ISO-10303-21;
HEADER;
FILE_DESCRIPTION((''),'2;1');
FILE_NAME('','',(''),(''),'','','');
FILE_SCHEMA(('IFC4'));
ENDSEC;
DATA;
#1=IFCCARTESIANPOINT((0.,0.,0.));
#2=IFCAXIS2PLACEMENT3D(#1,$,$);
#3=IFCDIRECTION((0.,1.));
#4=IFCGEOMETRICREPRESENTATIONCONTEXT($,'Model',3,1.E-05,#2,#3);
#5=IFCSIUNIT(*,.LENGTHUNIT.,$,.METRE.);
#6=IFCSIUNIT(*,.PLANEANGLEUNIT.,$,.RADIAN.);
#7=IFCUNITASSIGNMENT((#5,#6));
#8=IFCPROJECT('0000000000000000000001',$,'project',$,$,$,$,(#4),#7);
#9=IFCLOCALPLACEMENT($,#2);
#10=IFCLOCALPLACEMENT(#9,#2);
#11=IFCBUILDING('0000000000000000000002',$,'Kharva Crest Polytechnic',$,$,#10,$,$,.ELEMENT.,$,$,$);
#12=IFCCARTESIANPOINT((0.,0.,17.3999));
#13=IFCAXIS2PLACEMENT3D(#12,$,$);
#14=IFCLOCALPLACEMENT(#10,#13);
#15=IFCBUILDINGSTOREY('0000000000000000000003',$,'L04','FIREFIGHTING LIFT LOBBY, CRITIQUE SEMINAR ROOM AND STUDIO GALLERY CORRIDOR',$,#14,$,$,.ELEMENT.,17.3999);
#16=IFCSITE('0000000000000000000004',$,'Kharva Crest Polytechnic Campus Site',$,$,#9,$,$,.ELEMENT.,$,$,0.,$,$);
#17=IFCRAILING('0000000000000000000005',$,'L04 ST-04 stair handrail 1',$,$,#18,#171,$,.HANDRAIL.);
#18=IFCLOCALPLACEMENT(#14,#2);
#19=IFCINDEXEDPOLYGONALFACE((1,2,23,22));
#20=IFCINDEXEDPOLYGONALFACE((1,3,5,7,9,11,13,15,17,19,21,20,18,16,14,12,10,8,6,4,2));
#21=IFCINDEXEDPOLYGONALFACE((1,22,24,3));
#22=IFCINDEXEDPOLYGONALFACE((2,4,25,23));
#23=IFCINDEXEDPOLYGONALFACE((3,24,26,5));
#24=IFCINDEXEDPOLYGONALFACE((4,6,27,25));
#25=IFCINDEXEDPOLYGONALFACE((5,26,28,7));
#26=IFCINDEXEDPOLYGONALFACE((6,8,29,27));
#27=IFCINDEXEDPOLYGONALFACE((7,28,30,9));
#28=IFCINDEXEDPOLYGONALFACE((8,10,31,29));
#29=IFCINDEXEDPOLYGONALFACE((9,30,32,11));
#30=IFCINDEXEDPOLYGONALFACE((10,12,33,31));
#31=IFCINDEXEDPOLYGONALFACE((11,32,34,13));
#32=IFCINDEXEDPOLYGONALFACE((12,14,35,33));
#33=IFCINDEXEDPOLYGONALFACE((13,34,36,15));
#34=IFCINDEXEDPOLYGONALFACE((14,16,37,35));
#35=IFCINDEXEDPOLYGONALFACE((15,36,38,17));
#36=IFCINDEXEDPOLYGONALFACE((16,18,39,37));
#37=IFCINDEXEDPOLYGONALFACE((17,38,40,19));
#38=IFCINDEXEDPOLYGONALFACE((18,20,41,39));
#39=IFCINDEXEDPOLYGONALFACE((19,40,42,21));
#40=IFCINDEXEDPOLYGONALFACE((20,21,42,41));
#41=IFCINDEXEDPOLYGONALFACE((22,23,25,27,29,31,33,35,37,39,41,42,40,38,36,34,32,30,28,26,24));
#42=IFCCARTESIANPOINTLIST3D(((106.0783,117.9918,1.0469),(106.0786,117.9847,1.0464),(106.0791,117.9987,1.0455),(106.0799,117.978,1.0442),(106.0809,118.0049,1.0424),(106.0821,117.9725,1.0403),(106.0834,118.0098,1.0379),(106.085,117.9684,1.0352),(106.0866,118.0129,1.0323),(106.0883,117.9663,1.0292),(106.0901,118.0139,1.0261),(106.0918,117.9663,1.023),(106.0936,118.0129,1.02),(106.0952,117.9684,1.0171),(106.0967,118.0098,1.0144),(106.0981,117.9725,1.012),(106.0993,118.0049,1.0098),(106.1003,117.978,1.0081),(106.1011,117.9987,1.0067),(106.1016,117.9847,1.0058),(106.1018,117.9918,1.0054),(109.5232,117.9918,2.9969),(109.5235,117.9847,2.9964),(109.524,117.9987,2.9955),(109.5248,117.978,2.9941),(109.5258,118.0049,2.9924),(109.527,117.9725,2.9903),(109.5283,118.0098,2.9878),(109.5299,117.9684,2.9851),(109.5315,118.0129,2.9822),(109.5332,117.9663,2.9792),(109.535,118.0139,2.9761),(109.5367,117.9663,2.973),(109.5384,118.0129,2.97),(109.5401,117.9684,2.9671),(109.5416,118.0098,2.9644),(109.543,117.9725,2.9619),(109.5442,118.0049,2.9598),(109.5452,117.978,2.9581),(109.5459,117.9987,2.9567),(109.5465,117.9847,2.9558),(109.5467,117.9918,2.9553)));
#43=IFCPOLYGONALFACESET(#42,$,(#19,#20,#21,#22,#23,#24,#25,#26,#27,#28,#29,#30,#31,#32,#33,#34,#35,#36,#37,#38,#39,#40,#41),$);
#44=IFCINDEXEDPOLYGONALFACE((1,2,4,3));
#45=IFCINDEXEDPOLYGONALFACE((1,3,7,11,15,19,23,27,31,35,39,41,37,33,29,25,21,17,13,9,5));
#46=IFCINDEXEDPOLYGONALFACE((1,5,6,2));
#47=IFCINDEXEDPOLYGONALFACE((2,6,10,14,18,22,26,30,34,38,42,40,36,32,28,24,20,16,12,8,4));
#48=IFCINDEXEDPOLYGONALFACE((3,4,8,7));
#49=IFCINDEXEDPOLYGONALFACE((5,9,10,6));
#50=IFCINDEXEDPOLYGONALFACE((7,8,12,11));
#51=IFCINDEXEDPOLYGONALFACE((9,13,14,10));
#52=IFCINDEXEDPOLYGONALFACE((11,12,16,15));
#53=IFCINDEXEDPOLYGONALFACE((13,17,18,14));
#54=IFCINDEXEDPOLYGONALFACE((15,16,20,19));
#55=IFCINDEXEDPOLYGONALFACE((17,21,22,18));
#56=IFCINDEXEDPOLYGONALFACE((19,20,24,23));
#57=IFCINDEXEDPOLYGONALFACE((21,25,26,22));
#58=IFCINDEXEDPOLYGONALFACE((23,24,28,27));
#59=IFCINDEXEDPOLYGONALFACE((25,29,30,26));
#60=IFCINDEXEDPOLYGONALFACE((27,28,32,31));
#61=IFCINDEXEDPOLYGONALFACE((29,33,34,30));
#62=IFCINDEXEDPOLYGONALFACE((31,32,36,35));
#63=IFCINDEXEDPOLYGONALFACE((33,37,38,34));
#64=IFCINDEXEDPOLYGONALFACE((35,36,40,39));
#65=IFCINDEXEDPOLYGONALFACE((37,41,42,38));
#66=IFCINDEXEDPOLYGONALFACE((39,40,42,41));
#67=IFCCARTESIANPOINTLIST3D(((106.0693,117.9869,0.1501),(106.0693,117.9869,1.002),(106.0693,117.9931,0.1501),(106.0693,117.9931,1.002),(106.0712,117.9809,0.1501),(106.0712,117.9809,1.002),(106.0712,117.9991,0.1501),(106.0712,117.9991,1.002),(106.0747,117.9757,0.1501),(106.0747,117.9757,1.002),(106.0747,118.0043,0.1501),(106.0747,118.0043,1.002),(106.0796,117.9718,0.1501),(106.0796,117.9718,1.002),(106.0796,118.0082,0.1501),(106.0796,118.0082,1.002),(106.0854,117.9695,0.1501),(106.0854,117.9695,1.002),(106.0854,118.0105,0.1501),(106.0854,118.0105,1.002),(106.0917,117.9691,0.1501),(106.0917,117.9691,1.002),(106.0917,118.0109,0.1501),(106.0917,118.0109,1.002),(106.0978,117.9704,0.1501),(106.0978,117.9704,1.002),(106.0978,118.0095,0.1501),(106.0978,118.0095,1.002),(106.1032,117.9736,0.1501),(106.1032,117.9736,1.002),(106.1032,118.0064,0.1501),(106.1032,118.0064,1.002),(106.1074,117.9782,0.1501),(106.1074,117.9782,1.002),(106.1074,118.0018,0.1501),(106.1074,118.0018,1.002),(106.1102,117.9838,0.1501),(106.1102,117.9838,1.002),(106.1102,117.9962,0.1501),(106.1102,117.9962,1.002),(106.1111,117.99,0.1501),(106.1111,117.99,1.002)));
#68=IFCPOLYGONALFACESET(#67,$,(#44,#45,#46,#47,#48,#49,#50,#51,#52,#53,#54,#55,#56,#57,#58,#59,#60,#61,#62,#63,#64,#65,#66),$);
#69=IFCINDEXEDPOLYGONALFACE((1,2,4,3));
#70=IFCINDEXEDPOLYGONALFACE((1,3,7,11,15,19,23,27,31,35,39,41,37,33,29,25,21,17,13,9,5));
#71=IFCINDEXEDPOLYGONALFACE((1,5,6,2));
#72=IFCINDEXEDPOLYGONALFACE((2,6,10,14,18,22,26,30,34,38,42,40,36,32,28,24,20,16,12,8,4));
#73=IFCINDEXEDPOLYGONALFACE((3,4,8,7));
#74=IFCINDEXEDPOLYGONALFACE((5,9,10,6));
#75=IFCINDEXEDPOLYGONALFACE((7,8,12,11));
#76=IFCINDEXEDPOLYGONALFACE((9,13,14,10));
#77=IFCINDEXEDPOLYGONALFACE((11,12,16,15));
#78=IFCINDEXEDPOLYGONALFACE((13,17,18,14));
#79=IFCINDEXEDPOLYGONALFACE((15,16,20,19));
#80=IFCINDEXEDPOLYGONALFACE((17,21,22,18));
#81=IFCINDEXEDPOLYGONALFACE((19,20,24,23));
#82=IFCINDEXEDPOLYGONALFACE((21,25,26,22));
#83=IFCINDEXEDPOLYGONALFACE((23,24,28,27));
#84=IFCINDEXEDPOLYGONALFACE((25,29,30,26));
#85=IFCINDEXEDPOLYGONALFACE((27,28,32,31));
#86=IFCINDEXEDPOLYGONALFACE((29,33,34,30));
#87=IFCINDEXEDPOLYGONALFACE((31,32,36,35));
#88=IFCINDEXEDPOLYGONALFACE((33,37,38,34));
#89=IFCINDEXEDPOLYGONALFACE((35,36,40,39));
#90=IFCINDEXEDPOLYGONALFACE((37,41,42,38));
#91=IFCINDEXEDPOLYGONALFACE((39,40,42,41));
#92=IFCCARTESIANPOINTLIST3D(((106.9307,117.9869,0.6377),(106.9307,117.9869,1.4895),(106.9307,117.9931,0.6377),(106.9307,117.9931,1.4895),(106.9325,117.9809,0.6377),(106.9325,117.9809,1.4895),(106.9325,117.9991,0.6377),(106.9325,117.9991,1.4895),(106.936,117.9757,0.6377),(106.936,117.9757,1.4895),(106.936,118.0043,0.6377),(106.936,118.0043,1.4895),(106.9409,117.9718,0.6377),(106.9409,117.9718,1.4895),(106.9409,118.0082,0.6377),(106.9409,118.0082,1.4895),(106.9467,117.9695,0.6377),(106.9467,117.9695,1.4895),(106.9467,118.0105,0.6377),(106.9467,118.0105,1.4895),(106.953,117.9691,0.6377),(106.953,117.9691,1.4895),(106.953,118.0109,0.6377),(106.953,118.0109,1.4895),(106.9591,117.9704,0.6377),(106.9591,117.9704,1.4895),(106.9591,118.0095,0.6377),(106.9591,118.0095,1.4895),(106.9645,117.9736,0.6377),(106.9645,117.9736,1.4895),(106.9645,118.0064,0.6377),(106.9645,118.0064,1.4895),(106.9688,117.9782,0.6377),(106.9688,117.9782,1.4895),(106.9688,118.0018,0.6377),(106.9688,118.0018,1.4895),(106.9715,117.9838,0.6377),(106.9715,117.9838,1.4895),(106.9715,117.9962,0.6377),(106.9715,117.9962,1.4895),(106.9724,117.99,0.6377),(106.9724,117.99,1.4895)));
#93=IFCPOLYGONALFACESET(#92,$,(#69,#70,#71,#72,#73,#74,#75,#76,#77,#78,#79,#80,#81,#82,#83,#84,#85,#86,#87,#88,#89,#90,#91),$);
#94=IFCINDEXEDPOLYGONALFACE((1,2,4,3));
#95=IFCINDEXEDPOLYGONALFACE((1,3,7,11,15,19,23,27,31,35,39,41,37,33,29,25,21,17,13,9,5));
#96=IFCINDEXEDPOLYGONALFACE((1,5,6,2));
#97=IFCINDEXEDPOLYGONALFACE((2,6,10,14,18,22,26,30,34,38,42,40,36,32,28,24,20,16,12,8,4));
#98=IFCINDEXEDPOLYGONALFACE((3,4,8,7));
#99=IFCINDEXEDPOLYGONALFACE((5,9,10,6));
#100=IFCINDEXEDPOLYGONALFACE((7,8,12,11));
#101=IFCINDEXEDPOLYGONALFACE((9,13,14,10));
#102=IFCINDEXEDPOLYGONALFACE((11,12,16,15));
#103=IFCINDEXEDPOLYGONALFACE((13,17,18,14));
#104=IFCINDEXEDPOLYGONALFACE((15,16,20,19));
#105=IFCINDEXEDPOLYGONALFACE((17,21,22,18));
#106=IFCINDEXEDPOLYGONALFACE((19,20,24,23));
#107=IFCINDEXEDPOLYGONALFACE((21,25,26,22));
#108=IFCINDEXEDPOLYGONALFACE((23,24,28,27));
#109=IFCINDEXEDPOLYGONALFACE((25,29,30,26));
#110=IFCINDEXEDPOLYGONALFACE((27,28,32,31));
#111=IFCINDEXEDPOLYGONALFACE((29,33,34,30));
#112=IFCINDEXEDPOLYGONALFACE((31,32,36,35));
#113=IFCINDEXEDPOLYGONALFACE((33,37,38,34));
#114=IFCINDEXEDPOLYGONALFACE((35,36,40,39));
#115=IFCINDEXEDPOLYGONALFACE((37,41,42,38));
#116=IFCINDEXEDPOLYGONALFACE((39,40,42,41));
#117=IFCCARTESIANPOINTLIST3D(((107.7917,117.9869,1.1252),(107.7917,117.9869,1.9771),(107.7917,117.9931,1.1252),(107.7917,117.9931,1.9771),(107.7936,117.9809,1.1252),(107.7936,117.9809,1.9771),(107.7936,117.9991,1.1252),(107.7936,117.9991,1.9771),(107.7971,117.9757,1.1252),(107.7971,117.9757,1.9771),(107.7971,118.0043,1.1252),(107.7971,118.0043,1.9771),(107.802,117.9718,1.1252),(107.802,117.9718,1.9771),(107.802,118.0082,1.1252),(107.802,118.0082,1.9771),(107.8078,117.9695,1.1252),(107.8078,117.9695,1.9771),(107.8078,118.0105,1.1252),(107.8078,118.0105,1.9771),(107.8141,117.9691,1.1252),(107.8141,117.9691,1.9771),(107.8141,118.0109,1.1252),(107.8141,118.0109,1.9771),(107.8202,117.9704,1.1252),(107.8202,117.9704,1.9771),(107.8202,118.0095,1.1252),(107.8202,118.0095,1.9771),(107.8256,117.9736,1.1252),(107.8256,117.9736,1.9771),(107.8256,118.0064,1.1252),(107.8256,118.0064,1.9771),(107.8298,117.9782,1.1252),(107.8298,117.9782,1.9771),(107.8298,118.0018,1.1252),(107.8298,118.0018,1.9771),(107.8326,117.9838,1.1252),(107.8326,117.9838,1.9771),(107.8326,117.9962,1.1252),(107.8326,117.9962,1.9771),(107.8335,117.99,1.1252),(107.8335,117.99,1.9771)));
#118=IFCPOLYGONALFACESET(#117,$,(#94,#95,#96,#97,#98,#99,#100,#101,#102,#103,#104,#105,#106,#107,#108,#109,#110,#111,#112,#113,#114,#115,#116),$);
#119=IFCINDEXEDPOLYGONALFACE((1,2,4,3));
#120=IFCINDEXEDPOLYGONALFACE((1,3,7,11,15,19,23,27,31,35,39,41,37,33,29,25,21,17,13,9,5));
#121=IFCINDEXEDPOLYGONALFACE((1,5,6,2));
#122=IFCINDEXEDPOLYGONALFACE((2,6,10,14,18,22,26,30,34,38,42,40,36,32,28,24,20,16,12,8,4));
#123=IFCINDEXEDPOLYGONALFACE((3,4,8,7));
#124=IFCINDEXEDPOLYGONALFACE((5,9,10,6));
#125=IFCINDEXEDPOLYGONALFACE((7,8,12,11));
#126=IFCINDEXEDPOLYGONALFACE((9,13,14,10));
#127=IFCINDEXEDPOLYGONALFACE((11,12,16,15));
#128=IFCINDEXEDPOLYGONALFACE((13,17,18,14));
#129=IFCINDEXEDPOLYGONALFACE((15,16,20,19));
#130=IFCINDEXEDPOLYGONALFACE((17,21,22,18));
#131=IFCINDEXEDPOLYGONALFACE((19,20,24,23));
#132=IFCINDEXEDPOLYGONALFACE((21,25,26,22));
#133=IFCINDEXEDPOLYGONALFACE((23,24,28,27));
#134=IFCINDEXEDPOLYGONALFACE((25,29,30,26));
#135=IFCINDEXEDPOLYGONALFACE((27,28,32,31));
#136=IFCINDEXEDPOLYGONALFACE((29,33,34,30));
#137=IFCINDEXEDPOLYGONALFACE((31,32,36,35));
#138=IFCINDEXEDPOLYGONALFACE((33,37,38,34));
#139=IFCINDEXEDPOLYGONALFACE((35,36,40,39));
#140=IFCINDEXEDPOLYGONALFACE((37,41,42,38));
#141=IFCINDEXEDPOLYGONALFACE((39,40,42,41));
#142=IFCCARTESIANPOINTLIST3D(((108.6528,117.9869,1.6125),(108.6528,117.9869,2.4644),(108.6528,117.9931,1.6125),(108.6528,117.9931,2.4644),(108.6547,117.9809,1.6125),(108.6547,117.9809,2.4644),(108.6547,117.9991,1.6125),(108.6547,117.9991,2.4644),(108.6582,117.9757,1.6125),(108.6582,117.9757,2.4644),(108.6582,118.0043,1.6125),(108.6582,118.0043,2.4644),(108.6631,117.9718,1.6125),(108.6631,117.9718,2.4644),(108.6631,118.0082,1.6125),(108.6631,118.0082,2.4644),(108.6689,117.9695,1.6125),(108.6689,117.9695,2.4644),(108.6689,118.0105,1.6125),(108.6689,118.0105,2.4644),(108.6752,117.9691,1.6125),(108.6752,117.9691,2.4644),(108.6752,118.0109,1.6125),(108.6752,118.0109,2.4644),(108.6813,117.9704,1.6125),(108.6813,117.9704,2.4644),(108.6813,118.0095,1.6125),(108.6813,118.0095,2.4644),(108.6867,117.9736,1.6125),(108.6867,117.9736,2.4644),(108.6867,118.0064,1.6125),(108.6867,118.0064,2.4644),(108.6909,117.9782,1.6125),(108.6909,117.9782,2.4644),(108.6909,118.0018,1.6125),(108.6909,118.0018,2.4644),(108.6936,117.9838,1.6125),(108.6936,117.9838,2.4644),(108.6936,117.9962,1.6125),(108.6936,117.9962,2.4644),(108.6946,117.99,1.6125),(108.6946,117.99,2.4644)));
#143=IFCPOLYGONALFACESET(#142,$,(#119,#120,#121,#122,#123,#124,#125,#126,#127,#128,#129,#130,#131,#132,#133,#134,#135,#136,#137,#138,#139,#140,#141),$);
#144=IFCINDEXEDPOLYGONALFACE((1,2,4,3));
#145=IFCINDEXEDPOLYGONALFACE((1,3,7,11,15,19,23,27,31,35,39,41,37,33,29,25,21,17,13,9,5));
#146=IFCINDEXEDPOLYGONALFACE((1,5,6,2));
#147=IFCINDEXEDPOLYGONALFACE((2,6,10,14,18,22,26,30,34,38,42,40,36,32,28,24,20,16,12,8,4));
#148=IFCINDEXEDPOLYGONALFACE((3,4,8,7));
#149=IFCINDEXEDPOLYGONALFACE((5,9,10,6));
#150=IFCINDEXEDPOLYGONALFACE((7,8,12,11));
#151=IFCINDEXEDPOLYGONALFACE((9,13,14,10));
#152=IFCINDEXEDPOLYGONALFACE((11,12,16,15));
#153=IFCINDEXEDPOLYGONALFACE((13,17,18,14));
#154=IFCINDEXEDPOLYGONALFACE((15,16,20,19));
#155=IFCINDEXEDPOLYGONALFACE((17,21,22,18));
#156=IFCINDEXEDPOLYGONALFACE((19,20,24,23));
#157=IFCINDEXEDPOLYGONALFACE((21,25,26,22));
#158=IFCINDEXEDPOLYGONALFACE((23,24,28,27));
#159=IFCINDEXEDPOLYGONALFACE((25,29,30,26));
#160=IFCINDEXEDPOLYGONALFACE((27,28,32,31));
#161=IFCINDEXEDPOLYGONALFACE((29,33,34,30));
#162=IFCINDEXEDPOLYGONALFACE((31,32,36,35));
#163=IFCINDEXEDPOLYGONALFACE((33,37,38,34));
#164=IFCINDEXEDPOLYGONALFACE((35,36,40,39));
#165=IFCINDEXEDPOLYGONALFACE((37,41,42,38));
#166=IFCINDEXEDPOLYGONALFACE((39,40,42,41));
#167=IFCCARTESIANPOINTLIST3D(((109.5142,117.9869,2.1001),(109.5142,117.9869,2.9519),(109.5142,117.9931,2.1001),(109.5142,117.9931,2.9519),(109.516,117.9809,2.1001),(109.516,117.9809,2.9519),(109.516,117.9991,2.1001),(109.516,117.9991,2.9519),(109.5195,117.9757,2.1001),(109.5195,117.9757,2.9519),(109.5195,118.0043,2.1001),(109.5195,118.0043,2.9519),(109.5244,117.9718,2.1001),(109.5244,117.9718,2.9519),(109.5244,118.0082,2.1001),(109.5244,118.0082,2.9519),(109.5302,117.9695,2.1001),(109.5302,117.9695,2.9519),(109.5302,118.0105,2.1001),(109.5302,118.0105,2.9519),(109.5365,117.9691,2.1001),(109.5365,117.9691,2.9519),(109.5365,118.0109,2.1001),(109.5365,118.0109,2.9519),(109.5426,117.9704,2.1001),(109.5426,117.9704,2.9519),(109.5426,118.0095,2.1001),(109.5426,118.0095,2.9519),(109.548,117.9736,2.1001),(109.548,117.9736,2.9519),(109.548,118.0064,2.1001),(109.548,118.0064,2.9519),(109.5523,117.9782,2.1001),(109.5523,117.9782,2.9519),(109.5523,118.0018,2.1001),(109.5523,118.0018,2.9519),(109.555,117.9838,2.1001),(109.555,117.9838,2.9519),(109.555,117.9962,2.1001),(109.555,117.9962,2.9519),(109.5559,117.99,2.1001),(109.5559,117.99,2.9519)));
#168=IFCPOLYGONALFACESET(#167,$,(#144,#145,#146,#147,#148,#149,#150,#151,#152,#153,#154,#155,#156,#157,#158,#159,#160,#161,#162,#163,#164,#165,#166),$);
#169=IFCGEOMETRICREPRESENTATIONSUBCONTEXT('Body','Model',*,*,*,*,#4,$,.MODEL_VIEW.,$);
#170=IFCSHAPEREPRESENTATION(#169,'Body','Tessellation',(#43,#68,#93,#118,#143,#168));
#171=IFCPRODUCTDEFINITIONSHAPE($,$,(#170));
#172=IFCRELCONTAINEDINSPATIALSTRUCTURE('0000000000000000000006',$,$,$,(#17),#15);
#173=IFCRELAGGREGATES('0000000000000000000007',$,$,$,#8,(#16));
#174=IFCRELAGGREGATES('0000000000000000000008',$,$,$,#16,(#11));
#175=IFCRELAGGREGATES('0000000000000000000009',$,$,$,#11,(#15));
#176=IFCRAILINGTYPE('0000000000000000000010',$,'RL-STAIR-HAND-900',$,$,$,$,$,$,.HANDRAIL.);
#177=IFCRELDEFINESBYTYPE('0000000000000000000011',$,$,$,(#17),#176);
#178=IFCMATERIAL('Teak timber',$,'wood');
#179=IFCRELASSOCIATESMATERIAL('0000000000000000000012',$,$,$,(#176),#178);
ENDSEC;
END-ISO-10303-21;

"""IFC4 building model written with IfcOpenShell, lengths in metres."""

from ifc_helpers import new_model, si_unit, direction, frame, origin, origin_2d, place, context, subcontext, project, spatial, circle, extrude, material, type_object, element, save


model = new_model("IFC4")

# Units and contexts
model_context = context("Model", 3, precision=1e-05, world=origin(), true_north=direction((0.0, 1.0)))
body_context = subcontext(model_context, "Body", "Model", "MODEL_VIEW")
ifc_project = project(units=[si_unit("LENGTHUNIT", "METRE"), si_unit("PLANEANGLEUNIT", "RADIAN")], contexts=[model_context])

# Site, building, storey
site_placement = place(None, origin())
site = spatial("IfcSite", under=ifc_project, at=site_placement, Name="Kharva Crest Polytechnic Campus Site", CompositionType="ELEMENT", RefElevation=0.0)
building_placement = place(site_placement, origin())
building = spatial("IfcBuilding", under=site, at=building_placement, Name="Kharva Crest Polytechnic", CompositionType="ELEMENT")
storey_placement = place(building_placement, frame((0.0, 0.0, 17.3999)))
storey = spatial("IfcBuildingStorey", under=building, at=storey_placement, Name="L04", Description="FIREFIGHTING LIFT LOBBY, CRITIQUE SEMINAR ROOM AND STUDIO GALLERY CORRIDOR", CompositionType="ELEMENT", Elevation=17.3999)

# Shared definitions
ifc_material_1 = material(Name="Teak timber", Category="wood")

# Railing
railing_type_1 = type_object("IfcRailingType", Name="RL-STAIR-HAND-900", PredefinedType="HANDRAIL", material=ifc_material_1)
railing_1_placement = place(storey_placement, frame((106.0901, 117.99, 0.1501)))
element("IfcRailing", 1, at=railing_1_placement, inside=storey, type_object=railing_type_1, Name="L04 ST-04 stair handrail 1", PredefinedType="HANDRAIL", context=body_context, shape_type="SweptSolid", body=[
    extrude(circle(Radius=0.0239, at=origin_2d()), frame((0.0, 0.0, 0.876), z_axis=(0.870251, 0.0, 0.492608), x_axis=(0.0, 1.0, 0.0)), (0.0, 0.0, 1.0), 3.9585),
    extrude(circle(Radius=0.021, at=origin_2d()), origin(), (0.0, 0.0, 1.0), 0.8518),
    extrude(circle(Radius=0.021, at=origin_2d()), frame((0.8613, 0.0, 0.4875)), (0.0, 0.0, 1.0), 0.8518),
    extrude(circle(Radius=0.021, at=origin_2d()), frame((1.7224, 0.0, 0.9751)), (0.0, 0.0, 1.0), 0.8518),
    extrude(circle(Radius=0.021, at=origin_2d()), frame((2.5835, 0.0, 1.4624)), (0.0, 0.0, 1.0), 0.8518),
    extrude(circle(Radius=0.021, at=origin_2d()), frame((3.4448, 0.0, 1.95)), (0.0, 0.0, 1.0), 0.8518),
])

save(model, "model.ifc")
